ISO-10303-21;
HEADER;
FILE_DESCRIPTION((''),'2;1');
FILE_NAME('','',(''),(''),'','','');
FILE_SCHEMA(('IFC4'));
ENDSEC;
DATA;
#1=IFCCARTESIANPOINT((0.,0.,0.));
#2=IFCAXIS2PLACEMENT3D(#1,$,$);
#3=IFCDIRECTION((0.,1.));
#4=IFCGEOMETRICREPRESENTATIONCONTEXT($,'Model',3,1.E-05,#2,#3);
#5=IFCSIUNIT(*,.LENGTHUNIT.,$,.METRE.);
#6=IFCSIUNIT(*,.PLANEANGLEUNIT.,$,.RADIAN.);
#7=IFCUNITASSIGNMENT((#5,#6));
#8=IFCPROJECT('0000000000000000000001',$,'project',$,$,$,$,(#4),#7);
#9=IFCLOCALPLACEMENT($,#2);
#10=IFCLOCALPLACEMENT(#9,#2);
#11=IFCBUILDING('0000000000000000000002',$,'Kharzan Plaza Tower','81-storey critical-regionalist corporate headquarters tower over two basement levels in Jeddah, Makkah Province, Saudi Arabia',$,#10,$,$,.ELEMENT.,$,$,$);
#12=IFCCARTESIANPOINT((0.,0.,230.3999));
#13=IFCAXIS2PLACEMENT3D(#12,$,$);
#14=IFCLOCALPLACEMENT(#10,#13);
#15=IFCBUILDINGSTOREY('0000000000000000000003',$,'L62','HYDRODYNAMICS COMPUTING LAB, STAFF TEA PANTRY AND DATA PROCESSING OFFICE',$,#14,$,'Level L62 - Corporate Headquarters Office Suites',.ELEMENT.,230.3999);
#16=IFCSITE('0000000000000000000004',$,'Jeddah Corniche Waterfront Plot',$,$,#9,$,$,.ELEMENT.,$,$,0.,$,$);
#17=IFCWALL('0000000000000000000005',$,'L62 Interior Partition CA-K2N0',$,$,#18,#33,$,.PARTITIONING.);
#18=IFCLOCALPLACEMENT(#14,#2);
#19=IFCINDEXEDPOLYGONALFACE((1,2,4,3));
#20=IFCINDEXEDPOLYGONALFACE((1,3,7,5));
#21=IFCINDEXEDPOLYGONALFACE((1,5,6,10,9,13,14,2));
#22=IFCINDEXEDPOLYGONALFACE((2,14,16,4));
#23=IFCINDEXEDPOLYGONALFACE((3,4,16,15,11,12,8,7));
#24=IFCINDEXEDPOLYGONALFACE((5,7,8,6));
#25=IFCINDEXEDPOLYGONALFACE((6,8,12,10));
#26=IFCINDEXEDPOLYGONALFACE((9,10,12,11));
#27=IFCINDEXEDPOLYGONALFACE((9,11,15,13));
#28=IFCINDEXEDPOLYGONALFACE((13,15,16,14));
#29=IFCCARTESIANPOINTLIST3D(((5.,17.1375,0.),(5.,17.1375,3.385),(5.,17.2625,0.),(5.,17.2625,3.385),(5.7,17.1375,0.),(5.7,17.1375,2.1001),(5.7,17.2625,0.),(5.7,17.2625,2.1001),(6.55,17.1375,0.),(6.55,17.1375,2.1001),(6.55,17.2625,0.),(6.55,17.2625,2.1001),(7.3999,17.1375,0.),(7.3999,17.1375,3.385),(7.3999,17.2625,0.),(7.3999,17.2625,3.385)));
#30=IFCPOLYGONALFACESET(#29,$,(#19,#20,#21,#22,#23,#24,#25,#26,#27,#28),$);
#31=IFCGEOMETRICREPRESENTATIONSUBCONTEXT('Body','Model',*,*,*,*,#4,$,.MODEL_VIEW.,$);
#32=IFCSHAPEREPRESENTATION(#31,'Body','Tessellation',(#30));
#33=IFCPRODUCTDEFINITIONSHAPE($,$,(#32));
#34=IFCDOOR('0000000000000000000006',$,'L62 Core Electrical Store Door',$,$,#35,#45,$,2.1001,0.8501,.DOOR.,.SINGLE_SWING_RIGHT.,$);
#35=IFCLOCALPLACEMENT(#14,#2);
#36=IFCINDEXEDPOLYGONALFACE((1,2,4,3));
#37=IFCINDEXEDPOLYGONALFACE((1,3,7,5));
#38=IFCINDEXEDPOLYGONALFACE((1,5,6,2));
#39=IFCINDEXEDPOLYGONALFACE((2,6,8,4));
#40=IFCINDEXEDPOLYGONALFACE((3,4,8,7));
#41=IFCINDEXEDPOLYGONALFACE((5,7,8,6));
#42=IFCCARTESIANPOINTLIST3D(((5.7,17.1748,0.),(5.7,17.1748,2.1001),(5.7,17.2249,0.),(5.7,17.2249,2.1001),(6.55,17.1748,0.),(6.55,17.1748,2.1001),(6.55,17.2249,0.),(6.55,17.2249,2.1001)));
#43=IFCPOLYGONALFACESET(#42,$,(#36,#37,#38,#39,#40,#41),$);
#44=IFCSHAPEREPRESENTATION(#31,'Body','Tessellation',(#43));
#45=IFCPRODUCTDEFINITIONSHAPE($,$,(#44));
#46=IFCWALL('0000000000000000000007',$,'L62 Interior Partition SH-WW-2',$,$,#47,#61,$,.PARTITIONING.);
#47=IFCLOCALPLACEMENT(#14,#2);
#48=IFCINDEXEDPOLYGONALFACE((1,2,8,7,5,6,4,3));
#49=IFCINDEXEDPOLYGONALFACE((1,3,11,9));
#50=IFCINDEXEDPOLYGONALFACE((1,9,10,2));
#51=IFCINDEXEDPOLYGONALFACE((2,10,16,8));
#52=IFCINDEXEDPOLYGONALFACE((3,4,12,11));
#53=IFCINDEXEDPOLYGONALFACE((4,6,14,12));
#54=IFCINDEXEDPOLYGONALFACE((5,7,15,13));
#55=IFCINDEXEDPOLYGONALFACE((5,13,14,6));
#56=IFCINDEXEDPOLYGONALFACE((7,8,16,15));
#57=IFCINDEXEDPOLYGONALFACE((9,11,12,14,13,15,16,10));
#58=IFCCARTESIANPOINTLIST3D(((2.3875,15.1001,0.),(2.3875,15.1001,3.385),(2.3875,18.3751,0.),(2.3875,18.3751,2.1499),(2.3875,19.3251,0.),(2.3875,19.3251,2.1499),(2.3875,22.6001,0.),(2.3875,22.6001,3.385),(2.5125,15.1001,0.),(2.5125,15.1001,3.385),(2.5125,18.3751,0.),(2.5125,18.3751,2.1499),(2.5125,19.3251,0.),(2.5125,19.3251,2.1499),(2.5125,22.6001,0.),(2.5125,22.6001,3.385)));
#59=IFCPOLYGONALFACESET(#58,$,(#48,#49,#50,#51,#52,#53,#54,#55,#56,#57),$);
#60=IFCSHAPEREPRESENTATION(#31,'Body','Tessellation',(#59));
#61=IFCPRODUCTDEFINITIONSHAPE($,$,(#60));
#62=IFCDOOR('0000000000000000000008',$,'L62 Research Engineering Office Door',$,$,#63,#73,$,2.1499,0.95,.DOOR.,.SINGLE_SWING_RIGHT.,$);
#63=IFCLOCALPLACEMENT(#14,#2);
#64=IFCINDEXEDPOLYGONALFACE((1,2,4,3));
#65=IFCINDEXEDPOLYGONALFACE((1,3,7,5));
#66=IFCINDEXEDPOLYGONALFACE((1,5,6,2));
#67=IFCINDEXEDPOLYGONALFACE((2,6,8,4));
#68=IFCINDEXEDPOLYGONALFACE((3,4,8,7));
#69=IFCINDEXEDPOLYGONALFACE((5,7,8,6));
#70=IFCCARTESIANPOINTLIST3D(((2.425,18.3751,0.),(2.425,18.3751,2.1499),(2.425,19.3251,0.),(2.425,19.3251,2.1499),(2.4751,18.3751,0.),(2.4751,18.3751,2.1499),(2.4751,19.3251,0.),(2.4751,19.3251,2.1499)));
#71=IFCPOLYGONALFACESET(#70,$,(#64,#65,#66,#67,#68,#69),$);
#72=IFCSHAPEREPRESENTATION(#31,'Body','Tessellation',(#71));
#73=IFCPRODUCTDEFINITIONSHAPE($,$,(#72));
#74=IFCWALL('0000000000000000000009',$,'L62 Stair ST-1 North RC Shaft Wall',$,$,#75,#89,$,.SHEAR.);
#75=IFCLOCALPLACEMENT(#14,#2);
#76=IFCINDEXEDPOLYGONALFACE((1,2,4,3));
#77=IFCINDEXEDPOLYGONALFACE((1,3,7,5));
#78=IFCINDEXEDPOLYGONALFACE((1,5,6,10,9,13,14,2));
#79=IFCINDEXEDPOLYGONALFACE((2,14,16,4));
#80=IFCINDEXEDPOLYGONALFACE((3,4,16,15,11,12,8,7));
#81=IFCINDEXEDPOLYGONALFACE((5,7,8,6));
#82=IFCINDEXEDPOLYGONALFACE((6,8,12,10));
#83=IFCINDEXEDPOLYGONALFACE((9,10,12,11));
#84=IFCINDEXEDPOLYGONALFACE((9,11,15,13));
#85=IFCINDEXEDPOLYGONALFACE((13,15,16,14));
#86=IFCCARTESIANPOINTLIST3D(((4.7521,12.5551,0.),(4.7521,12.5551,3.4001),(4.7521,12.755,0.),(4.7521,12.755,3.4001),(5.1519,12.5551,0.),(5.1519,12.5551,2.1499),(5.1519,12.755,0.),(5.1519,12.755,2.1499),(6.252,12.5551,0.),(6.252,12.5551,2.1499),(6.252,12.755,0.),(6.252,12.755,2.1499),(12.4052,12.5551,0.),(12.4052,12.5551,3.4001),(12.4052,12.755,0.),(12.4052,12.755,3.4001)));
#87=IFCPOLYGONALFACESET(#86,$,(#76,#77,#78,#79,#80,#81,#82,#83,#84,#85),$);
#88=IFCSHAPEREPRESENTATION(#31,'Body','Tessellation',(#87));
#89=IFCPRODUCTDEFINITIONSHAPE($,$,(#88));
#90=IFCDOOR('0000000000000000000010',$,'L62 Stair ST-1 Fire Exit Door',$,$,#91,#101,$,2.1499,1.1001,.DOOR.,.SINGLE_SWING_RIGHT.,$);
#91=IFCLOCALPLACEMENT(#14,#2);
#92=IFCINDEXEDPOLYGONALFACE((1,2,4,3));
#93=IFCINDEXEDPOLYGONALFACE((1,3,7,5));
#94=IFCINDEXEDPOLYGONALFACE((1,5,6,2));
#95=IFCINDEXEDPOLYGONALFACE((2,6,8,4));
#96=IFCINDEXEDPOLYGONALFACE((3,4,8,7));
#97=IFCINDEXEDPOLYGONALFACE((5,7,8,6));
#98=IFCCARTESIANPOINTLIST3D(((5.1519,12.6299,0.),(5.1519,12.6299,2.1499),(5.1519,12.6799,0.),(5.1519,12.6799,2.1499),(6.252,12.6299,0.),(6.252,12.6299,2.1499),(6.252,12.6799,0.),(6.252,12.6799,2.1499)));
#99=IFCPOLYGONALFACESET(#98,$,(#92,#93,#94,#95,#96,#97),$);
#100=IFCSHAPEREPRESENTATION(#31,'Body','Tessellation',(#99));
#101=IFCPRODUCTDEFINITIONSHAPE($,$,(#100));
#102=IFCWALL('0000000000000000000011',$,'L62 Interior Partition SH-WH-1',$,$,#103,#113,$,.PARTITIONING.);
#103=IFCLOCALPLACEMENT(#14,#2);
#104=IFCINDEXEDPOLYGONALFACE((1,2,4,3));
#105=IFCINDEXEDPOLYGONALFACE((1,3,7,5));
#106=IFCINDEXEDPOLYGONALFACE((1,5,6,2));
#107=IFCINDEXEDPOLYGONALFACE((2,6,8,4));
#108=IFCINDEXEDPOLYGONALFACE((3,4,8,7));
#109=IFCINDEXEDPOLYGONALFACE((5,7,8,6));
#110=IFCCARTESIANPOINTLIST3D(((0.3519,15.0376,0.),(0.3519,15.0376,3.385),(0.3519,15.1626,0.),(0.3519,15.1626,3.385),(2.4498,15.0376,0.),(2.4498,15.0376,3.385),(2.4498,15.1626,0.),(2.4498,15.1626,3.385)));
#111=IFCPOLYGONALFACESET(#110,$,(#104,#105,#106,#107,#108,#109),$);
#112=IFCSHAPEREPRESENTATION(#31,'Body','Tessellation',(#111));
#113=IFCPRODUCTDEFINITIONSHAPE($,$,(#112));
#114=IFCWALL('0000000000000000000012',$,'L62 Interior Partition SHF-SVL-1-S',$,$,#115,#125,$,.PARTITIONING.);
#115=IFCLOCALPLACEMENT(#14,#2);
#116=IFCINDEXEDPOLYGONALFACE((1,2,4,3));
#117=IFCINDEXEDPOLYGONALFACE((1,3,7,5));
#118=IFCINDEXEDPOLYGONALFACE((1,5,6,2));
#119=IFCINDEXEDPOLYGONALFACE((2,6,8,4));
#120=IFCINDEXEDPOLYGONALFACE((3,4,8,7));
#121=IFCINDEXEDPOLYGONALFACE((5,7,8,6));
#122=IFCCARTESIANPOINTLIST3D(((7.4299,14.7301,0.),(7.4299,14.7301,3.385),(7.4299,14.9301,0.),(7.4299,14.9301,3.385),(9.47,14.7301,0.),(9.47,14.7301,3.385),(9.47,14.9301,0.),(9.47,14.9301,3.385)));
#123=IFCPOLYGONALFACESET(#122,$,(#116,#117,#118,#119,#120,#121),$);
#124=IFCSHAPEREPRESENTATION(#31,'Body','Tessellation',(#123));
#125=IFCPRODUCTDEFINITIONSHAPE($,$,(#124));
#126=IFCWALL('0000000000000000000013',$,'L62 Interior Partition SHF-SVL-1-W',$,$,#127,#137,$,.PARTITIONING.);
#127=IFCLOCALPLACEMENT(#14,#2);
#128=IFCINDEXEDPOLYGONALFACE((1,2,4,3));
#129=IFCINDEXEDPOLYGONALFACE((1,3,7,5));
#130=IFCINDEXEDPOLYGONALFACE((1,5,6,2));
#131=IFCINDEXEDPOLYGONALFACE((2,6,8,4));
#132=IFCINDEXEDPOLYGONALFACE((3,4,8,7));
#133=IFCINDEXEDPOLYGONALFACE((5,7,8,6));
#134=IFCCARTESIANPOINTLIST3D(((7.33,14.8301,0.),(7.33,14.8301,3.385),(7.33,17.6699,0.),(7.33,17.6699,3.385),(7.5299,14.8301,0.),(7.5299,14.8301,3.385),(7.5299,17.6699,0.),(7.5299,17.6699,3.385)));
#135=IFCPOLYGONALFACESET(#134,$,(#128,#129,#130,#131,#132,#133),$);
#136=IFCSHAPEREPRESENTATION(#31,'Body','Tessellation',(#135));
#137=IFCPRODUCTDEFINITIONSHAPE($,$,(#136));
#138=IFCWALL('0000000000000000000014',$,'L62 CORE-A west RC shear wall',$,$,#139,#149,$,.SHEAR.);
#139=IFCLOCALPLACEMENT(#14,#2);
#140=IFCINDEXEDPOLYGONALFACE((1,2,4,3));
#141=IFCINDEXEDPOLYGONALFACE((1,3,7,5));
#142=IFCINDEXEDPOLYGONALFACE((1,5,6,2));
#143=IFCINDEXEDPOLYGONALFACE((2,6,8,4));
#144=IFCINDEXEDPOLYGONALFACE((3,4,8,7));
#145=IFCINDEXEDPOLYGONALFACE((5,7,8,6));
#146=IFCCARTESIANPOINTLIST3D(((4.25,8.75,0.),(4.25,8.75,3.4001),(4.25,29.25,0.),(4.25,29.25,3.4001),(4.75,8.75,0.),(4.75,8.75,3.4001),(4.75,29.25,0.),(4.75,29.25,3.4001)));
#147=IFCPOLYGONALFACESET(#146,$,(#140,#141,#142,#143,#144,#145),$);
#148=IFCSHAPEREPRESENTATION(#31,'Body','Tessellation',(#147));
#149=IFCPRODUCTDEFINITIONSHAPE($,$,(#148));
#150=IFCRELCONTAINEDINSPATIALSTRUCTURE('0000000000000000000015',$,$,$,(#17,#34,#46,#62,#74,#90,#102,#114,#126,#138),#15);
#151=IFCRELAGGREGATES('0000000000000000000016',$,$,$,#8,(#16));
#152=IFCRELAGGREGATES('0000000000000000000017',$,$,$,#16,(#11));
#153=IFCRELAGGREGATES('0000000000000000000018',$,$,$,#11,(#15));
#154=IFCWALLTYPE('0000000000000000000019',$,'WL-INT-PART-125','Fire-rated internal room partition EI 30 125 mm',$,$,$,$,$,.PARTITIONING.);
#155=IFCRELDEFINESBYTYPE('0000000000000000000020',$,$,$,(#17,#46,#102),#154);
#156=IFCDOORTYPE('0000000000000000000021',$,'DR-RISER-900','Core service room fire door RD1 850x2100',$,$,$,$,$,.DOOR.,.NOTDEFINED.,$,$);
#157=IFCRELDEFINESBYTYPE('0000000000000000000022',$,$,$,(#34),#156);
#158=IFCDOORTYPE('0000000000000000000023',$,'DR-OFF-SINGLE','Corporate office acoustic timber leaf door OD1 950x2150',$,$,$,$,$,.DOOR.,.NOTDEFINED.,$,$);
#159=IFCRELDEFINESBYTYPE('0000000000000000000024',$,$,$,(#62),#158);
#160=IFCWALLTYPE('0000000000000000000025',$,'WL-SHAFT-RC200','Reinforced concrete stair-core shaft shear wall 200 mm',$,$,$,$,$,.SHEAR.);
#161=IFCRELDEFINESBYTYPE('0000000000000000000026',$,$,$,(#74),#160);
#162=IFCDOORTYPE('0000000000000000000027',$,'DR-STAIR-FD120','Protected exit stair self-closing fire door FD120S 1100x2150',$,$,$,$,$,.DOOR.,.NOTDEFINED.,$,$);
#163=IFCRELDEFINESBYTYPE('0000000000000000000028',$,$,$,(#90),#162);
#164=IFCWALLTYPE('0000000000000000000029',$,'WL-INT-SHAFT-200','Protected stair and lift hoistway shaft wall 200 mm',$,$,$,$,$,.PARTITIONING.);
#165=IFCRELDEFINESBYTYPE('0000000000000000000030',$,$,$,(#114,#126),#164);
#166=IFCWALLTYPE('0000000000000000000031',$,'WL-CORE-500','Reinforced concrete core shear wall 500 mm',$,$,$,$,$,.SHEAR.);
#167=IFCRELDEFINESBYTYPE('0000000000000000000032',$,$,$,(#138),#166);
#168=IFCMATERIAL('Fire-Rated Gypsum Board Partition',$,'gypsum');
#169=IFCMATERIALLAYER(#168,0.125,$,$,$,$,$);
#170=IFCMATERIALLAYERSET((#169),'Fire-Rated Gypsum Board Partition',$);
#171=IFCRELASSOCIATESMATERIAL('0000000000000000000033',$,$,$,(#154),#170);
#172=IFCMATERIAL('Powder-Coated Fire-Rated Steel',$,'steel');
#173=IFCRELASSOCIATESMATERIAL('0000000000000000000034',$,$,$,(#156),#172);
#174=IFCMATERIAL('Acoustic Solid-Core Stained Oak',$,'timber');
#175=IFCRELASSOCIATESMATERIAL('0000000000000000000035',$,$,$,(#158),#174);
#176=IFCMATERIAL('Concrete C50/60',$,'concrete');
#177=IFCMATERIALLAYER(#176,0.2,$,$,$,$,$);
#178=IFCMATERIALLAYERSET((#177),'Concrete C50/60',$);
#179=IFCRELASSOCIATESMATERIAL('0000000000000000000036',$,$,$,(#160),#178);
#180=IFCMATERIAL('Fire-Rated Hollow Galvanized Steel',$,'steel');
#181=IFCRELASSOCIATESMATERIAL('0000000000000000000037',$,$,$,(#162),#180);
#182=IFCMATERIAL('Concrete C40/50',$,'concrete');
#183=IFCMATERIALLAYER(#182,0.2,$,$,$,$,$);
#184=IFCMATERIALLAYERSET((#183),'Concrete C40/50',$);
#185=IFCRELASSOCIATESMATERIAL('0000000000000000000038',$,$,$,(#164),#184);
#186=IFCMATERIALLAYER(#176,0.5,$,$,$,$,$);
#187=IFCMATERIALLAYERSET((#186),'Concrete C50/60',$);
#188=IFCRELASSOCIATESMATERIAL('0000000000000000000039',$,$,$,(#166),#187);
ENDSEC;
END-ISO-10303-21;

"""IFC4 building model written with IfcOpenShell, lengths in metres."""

from ifc_helpers import new_model, si_unit, direction, frame, frame_2d, origin, place, context, subcontext, project, spatial, rectangle, extrude, source, transform, mapped, material, layer, layer_set, type_object, element, fill, save


model = new_model("IFC4")

# Units and contexts
model_context = context("Model", 3, precision=1e-05, world=origin(), true_north=direction((0.0, 1.0)))
body_context = subcontext(model_context, "Body", "Model", "MODEL_VIEW")
ifc_project = project(units=[si_unit("LENGTHUNIT", "METRE"), si_unit("PLANEANGLEUNIT", "RADIAN")], contexts=[model_context])

# Site, building, storey
site_placement = place(None, origin())
site = spatial("IfcSite", under=ifc_project, at=site_placement, Name="Jeddah Corniche Waterfront Plot", CompositionType="ELEMENT", RefElevation=0.0)
building_placement = place(site_placement, origin())
building = spatial("IfcBuilding", under=site, at=building_placement, Name="Kharzan Plaza Tower", Description="81-storey critical-regionalist corporate headquarters tower over two basement levels in Jeddah, Makkah Province, Saudi Arabia", CompositionType="ELEMENT")
storey_placement = place(building_placement, frame((0.0, 0.0, 230.3999)))
storey = spatial("IfcBuildingStorey", under=building, at=storey_placement, Name="L62", Description="HYDRODYNAMICS COMPUTING LAB, STAFF TEA PANTRY AND DATA PROCESSING OFFICE", LongName="Level L62 - Corporate Headquarters Office Suites", CompositionType="ELEMENT", Elevation=230.3999)

# Shared definitions
ifc_material_1 = material(Name="Concrete C50/60", Category="concrete")

# Shared definitions
ifc_material_2 = material(Name="Concrete C40/50", Category="concrete")

# Walls, openings, doors
ifc_material_3 = material(Name="Fire-Rated Gypsum Board Partition", Category="gypsum")
ifc_layer_1 = layer(ifc_material_3, 0.125)
ifc_layer_set_1 = layer_set([ifc_layer_1], Name="Fire-Rated Gypsum Board Partition")
wall_type_1 = type_object("IfcWallType", Name="WL-INT-PART-125", Description="Fire-rated internal room partition EI 30 125 mm", PredefinedType="PARTITIONING", material=ifc_layer_set_1)
wall_1_placement = place(storey_placement, frame((5.0, 17.2, 0.0), z_axis=(0.0, 0.0, 1.0), x_axis=(1.0, 0.0, 0.0)))
wall_1 = element("IfcWall", 1, at=wall_1_placement, inside=storey, type_object=wall_type_1, Name="L62 Interior Partition CA-K2N0", PredefinedType="PARTITIONING", context=body_context, shape_type="SweptSolid", body=[
    extrude(rectangle(XDim=2.3999, YDim=0.125, at=frame_2d((1.2, 0.0))), origin(), (0.0, 0.0, 1.0), 3.385),
])
opening_1_placement = place(wall_1_placement, frame((0.7, 0.0, 0.0)))
opening_1 = element("IfcOpeningElement", 2, at=opening_1_placement, cuts=wall_1, PredefinedType="OPENING", context=body_context, shape_type="SweptSolid", body=[
    extrude(rectangle(XDim=0.8501, YDim=2.1001, at=frame_2d((0.425, 1.05))), frame((0.0, 0.0725, 0.0), z_axis=(0.0, -1.0, 0.0), x_axis=(1.0, 0.0, 0.0)), (0.0, 0.0, 1.0), 0.145),
])
ifc_material_4 = material(Name="Powder-Coated Fire-Rated Steel", Category="steel")
door_type_1 = type_object("IfcDoorType", Name="DR-RISER-900", Description="Core service room fire door RD1 850x2100", OperationType="NOTDEFINED", PredefinedType="DOOR", material=ifc_material_4)
shared_shape_1 = source(origin(), body_context, "Body", "SweptSolid", [
    extrude(rectangle(XDim=0.8501, YDim=2.1001, at=frame_2d((0.425, 1.05))), frame((0.0, 0.0249, 0.0), z_axis=(0.0, -1.0, 0.0), x_axis=(1.0, 0.0, 0.0)), (0.0, 0.0, 1.0), 0.05),
])
door_1_placement = place(opening_1_placement, origin())
door_1 = element("IfcDoor", 3, at=door_1_placement, inside=storey, type_object=door_type_1, Name="L62 Core Electrical Store Door", OperationType="SINGLE_SWING_RIGHT", OverallHeight=2.1001, OverallWidth=0.8501, PredefinedType="DOOR", context=body_context, shape_type="MappedRepresentation", body=[
    mapped(shared_shape_1, transform((0.0, 0.0, 0.0), x_axis=(1.0, 0.0, 0.0), y_axis=(0.0, 1.0, 0.0), z_axis=(0.0, 0.0, 1.0))),
])
fill(opening_1, door_1)
wall_2_placement = place(storey_placement, frame((2.45, 15.1001, 0.0), z_axis=(0.0, 0.0, 1.0), x_axis=(0.0, 1.0, 0.0)))
wall_2 = element("IfcWall", 4, at=wall_2_placement, inside=storey, type_object=wall_type_1, Name="L62 Interior Partition SH-WW-2", PredefinedType="PARTITIONING", context=body_context, shape_type="SweptSolid", body=[
    extrude(rectangle(XDim=7.5, YDim=0.125, at=frame_2d((3.75, 0.0))), origin(), (0.0, 0.0, 1.0), 3.385),
])
opening_2_placement = place(wall_2_placement, frame((3.2749, 0.0, 0.0)))
opening_2 = element("IfcOpeningElement", 5, at=opening_2_placement, cuts=wall_2, PredefinedType="OPENING", context=body_context, shape_type="SweptSolid", body=[
    extrude(rectangle(XDim=0.95, YDim=2.1499, at=frame_2d((0.4751, 1.075))), frame((0.0, 0.0725, 0.0), z_axis=(0.0, -1.0, 0.0), x_axis=(1.0, 0.0, 0.0)), (0.0, 0.0, 1.0), 0.145),
])
ifc_material_5 = material(Name="Acoustic Solid-Core Stained Oak", Category="timber")
door_type_2 = type_object("IfcDoorType", Name="DR-OFF-SINGLE", Description="Corporate office acoustic timber leaf door OD1 950x2150", OperationType="NOTDEFINED", PredefinedType="DOOR", material=ifc_material_5)
shared_shape_2 = source(origin(), body_context, "Body", "SweptSolid", [
    extrude(rectangle(XDim=0.95, YDim=2.1499, at=frame_2d((0.4751, 1.075))), frame((0.0, 0.0249, 0.0), z_axis=(0.0, -1.0, 0.0), x_axis=(1.0, 0.0, 0.0)), (0.0, 0.0, 1.0), 0.05),
])
door_2_placement = place(opening_2_placement, origin())
door_2 = element("IfcDoor", 6, at=door_2_placement, inside=storey, type_object=door_type_2, Name="L62 Research Engineering Office Door", OperationType="SINGLE_SWING_RIGHT", OverallHeight=2.1499, OverallWidth=0.95, PredefinedType="DOOR", context=body_context, shape_type="MappedRepresentation", body=[
    mapped(shared_shape_2, transform((0.0, 0.0, 0.0), x_axis=(1.0, 0.0, 0.0), y_axis=(0.0, 1.0, 0.0), z_axis=(0.0, 0.0, 1.0))),
])
fill(opening_2, door_2)
ifc_layer_2 = layer(ifc_material_1, 0.2)
ifc_layer_set_2 = layer_set([ifc_layer_2], Name="Concrete C50/60")
wall_type_2 = type_object("IfcWallType", Name="WL-SHAFT-RC200", Description="Reinforced concrete stair-core shaft shear wall 200 mm", PredefinedType="SHEAR", material=ifc_layer_set_2)
wall_3_placement = place(storey_placement, frame((4.752, 12.655, 0.0), z_axis=(0.0, 0.0, 1.0), x_axis=(1.0, 0.0, 0.0)))
wall_3 = element("IfcWall", 7, at=wall_3_placement, inside=storey, type_object=wall_type_2, Name="L62 Stair ST-1 North RC Shaft Wall", PredefinedType="SHEAR", context=body_context, shape_type="SweptSolid", body=[
    extrude(rectangle(XDim=7.6531, YDim=0.2, at=frame_2d((3.8267, 0.0))), origin(), (0.0, 0.0, 1.0), 3.4001),
])
opening_3_placement = place(wall_3_placement, frame((0.3999, 0.0, 0.0)))
opening_3 = element("IfcOpeningElement", 8, at=opening_3_placement, cuts=wall_3, PredefinedType="OPENING", context=body_context, shape_type="SweptSolid", body=[
    extrude(rectangle(XDim=1.1001, YDim=2.1499, at=frame_2d((0.55, 1.075))), frame((0.0, 0.1099, 0.0), z_axis=(0.0, -1.0, 0.0), x_axis=(1.0, 0.0, 0.0)), (0.0, 0.0, 1.0), 0.22),
])
ifc_material_6 = material(Name="Fire-Rated Hollow Galvanized Steel", Category="steel")
door_type_3 = type_object("IfcDoorType", Name="DR-STAIR-FD120", Description="Protected exit stair self-closing fire door FD120S 1100x2150", OperationType="NOTDEFINED", PredefinedType="DOOR", material=ifc_material_6)
shared_shape_3 = source(origin(), body_context, "Body", "SweptSolid", [
    extrude(rectangle(XDim=1.1001, YDim=2.1499, at=frame_2d((0.55, 1.075))), frame((0.0, 0.0249, 0.0), z_axis=(0.0, -1.0, 0.0), x_axis=(1.0, 0.0, 0.0)), (0.0, 0.0, 1.0), 0.05),
])
door_3_placement = place(opening_3_placement, origin())
door_3 = element("IfcDoor", 9, at=door_3_placement, inside=storey, type_object=door_type_3, Name="L62 Stair ST-1 Fire Exit Door", OperationType="SINGLE_SWING_RIGHT", OverallHeight=2.1499, OverallWidth=1.1001, PredefinedType="DOOR", context=body_context, shape_type="MappedRepresentation", body=[
    mapped(shared_shape_3, transform((0.0, 0.0, 0.0), x_axis=(1.0, 0.0, 0.0), y_axis=(0.0, 1.0, 0.0), z_axis=(0.0, 0.0, 1.0))),
])
fill(opening_3, door_3)

# Walls
shared_shape_4 = source(origin(), body_context, "Body", "SweptSolid", [
    extrude(rectangle(XDim=2.0979, YDim=0.125, at=frame_2d((1.0488, 0.0))), origin(), (0.0, 0.0, 1.0), 3.385),
])
wall_4_placement = place(storey_placement, frame((0.3521, 15.1001, 0.0), z_axis=(0.0, 0.0, 1.0), x_axis=(1.0, 0.0, 0.0)))
element("IfcWall", 10, at=wall_4_placement, inside=storey, type_object=wall_type_1, Name="L62 Interior Partition SH-WH-1", PredefinedType="PARTITIONING", context=body_context, shape_type="MappedRepresentation", body=[
    mapped(shared_shape_4, transform((0.0, 0.0, 0.0), x_axis=(1.0, 0.0, 0.0), y_axis=(0.0, 1.0, 0.0), z_axis=(0.0, 0.0, 1.0))),
])
ifc_layer_3 = layer(ifc_material_2, 0.2)
ifc_layer_set_3 = layer_set([ifc_layer_3], Name="Concrete C40/50")
wall_type_3 = type_object("IfcWallType", Name="WL-INT-SHAFT-200", Description="Protected stair and lift hoistway shaft wall 200 mm", PredefinedType="PARTITIONING", material=ifc_layer_set_3)
shared_shape_5 = source(origin(), body_context, "Body", "SweptSolid", [
    extrude(rectangle(XDim=2.04, YDim=0.2, at=frame_2d((1.02, 0.0))), origin(), (0.0, 0.0, 1.0), 3.385),
])
wall_5_placement = place(storey_placement, frame((7.4299, 14.8301, 0.0), z_axis=(0.0, 0.0, 1.0), x_axis=(1.0, 0.0, 0.0)))
element("IfcWall", 11, at=wall_5_placement, inside=storey, type_object=wall_type_3, Name="L62 Interior Partition SHF-SVL-1-S", PredefinedType="PARTITIONING", context=body_context, shape_type="MappedRepresentation", body=[
    mapped(shared_shape_5, transform((0.0, 0.0, 0.0), x_axis=(1.0, 0.0, 0.0), y_axis=(0.0, 1.0, 0.0), z_axis=(0.0, 0.0, 1.0))),
])
shared_shape_6 = source(origin(), body_context, "Body", "SweptSolid", [
    extrude(rectangle(XDim=2.8398, YDim=0.2, at=frame_2d((1.4199, 0.0))), origin(), (0.0, 0.0, 1.0), 3.385),
])
wall_6_placement = place(storey_placement, frame((7.4299, 14.8301, 0.0), z_axis=(0.0, 0.0, 1.0), x_axis=(0.0, 1.0, 0.0)))
element("IfcWall", 12, at=wall_6_placement, inside=storey, type_object=wall_type_3, Name="L62 Interior Partition SHF-SVL-1-W", PredefinedType="PARTITIONING", context=body_context, shape_type="MappedRepresentation", body=[
    mapped(shared_shape_6, transform((0.0, 0.0, 0.0), x_axis=(1.0, 0.0, 0.0), y_axis=(0.0, 1.0, 0.0), z_axis=(0.0, 0.0, 1.0))),
])
ifc_layer_4 = layer(ifc_material_1, 0.5)
ifc_layer_set_4 = layer_set([ifc_layer_4], Name="Concrete C50/60")
wall_type_4 = type_object("IfcWallType", Name="WL-CORE-500", Description="Reinforced concrete core shear wall 500 mm", PredefinedType="SHEAR", material=ifc_layer_set_4)
shared_shape_7 = source(origin(), body_context, "Body", "SweptSolid", [
    extrude(rectangle(XDim=20.5, YDim=0.5, at=frame_2d((10.25, 0.0))), origin(), (0.0, 0.0, 1.0), 3.4001),
])
wall_7_placement = place(storey_placement, frame((4.5, 8.75, 0.0), z_axis=(0.0, 0.0, 1.0), x_axis=(0.0, 1.0, 0.0)))
element("IfcWall", 13, at=wall_7_placement, inside=storey, type_object=wall_type_4, Name="L62 CORE-A west RC shear wall", PredefinedType="SHEAR", context=body_context, shape_type="MappedRepresentation", body=[
    mapped(shared_shape_7, transform((0.0, 0.0, 0.0), x_axis=(1.0, 0.0, 0.0), y_axis=(0.0, 1.0, 0.0), z_axis=(0.0, 0.0, 1.0))),
])

save(model, "model.ifc")
